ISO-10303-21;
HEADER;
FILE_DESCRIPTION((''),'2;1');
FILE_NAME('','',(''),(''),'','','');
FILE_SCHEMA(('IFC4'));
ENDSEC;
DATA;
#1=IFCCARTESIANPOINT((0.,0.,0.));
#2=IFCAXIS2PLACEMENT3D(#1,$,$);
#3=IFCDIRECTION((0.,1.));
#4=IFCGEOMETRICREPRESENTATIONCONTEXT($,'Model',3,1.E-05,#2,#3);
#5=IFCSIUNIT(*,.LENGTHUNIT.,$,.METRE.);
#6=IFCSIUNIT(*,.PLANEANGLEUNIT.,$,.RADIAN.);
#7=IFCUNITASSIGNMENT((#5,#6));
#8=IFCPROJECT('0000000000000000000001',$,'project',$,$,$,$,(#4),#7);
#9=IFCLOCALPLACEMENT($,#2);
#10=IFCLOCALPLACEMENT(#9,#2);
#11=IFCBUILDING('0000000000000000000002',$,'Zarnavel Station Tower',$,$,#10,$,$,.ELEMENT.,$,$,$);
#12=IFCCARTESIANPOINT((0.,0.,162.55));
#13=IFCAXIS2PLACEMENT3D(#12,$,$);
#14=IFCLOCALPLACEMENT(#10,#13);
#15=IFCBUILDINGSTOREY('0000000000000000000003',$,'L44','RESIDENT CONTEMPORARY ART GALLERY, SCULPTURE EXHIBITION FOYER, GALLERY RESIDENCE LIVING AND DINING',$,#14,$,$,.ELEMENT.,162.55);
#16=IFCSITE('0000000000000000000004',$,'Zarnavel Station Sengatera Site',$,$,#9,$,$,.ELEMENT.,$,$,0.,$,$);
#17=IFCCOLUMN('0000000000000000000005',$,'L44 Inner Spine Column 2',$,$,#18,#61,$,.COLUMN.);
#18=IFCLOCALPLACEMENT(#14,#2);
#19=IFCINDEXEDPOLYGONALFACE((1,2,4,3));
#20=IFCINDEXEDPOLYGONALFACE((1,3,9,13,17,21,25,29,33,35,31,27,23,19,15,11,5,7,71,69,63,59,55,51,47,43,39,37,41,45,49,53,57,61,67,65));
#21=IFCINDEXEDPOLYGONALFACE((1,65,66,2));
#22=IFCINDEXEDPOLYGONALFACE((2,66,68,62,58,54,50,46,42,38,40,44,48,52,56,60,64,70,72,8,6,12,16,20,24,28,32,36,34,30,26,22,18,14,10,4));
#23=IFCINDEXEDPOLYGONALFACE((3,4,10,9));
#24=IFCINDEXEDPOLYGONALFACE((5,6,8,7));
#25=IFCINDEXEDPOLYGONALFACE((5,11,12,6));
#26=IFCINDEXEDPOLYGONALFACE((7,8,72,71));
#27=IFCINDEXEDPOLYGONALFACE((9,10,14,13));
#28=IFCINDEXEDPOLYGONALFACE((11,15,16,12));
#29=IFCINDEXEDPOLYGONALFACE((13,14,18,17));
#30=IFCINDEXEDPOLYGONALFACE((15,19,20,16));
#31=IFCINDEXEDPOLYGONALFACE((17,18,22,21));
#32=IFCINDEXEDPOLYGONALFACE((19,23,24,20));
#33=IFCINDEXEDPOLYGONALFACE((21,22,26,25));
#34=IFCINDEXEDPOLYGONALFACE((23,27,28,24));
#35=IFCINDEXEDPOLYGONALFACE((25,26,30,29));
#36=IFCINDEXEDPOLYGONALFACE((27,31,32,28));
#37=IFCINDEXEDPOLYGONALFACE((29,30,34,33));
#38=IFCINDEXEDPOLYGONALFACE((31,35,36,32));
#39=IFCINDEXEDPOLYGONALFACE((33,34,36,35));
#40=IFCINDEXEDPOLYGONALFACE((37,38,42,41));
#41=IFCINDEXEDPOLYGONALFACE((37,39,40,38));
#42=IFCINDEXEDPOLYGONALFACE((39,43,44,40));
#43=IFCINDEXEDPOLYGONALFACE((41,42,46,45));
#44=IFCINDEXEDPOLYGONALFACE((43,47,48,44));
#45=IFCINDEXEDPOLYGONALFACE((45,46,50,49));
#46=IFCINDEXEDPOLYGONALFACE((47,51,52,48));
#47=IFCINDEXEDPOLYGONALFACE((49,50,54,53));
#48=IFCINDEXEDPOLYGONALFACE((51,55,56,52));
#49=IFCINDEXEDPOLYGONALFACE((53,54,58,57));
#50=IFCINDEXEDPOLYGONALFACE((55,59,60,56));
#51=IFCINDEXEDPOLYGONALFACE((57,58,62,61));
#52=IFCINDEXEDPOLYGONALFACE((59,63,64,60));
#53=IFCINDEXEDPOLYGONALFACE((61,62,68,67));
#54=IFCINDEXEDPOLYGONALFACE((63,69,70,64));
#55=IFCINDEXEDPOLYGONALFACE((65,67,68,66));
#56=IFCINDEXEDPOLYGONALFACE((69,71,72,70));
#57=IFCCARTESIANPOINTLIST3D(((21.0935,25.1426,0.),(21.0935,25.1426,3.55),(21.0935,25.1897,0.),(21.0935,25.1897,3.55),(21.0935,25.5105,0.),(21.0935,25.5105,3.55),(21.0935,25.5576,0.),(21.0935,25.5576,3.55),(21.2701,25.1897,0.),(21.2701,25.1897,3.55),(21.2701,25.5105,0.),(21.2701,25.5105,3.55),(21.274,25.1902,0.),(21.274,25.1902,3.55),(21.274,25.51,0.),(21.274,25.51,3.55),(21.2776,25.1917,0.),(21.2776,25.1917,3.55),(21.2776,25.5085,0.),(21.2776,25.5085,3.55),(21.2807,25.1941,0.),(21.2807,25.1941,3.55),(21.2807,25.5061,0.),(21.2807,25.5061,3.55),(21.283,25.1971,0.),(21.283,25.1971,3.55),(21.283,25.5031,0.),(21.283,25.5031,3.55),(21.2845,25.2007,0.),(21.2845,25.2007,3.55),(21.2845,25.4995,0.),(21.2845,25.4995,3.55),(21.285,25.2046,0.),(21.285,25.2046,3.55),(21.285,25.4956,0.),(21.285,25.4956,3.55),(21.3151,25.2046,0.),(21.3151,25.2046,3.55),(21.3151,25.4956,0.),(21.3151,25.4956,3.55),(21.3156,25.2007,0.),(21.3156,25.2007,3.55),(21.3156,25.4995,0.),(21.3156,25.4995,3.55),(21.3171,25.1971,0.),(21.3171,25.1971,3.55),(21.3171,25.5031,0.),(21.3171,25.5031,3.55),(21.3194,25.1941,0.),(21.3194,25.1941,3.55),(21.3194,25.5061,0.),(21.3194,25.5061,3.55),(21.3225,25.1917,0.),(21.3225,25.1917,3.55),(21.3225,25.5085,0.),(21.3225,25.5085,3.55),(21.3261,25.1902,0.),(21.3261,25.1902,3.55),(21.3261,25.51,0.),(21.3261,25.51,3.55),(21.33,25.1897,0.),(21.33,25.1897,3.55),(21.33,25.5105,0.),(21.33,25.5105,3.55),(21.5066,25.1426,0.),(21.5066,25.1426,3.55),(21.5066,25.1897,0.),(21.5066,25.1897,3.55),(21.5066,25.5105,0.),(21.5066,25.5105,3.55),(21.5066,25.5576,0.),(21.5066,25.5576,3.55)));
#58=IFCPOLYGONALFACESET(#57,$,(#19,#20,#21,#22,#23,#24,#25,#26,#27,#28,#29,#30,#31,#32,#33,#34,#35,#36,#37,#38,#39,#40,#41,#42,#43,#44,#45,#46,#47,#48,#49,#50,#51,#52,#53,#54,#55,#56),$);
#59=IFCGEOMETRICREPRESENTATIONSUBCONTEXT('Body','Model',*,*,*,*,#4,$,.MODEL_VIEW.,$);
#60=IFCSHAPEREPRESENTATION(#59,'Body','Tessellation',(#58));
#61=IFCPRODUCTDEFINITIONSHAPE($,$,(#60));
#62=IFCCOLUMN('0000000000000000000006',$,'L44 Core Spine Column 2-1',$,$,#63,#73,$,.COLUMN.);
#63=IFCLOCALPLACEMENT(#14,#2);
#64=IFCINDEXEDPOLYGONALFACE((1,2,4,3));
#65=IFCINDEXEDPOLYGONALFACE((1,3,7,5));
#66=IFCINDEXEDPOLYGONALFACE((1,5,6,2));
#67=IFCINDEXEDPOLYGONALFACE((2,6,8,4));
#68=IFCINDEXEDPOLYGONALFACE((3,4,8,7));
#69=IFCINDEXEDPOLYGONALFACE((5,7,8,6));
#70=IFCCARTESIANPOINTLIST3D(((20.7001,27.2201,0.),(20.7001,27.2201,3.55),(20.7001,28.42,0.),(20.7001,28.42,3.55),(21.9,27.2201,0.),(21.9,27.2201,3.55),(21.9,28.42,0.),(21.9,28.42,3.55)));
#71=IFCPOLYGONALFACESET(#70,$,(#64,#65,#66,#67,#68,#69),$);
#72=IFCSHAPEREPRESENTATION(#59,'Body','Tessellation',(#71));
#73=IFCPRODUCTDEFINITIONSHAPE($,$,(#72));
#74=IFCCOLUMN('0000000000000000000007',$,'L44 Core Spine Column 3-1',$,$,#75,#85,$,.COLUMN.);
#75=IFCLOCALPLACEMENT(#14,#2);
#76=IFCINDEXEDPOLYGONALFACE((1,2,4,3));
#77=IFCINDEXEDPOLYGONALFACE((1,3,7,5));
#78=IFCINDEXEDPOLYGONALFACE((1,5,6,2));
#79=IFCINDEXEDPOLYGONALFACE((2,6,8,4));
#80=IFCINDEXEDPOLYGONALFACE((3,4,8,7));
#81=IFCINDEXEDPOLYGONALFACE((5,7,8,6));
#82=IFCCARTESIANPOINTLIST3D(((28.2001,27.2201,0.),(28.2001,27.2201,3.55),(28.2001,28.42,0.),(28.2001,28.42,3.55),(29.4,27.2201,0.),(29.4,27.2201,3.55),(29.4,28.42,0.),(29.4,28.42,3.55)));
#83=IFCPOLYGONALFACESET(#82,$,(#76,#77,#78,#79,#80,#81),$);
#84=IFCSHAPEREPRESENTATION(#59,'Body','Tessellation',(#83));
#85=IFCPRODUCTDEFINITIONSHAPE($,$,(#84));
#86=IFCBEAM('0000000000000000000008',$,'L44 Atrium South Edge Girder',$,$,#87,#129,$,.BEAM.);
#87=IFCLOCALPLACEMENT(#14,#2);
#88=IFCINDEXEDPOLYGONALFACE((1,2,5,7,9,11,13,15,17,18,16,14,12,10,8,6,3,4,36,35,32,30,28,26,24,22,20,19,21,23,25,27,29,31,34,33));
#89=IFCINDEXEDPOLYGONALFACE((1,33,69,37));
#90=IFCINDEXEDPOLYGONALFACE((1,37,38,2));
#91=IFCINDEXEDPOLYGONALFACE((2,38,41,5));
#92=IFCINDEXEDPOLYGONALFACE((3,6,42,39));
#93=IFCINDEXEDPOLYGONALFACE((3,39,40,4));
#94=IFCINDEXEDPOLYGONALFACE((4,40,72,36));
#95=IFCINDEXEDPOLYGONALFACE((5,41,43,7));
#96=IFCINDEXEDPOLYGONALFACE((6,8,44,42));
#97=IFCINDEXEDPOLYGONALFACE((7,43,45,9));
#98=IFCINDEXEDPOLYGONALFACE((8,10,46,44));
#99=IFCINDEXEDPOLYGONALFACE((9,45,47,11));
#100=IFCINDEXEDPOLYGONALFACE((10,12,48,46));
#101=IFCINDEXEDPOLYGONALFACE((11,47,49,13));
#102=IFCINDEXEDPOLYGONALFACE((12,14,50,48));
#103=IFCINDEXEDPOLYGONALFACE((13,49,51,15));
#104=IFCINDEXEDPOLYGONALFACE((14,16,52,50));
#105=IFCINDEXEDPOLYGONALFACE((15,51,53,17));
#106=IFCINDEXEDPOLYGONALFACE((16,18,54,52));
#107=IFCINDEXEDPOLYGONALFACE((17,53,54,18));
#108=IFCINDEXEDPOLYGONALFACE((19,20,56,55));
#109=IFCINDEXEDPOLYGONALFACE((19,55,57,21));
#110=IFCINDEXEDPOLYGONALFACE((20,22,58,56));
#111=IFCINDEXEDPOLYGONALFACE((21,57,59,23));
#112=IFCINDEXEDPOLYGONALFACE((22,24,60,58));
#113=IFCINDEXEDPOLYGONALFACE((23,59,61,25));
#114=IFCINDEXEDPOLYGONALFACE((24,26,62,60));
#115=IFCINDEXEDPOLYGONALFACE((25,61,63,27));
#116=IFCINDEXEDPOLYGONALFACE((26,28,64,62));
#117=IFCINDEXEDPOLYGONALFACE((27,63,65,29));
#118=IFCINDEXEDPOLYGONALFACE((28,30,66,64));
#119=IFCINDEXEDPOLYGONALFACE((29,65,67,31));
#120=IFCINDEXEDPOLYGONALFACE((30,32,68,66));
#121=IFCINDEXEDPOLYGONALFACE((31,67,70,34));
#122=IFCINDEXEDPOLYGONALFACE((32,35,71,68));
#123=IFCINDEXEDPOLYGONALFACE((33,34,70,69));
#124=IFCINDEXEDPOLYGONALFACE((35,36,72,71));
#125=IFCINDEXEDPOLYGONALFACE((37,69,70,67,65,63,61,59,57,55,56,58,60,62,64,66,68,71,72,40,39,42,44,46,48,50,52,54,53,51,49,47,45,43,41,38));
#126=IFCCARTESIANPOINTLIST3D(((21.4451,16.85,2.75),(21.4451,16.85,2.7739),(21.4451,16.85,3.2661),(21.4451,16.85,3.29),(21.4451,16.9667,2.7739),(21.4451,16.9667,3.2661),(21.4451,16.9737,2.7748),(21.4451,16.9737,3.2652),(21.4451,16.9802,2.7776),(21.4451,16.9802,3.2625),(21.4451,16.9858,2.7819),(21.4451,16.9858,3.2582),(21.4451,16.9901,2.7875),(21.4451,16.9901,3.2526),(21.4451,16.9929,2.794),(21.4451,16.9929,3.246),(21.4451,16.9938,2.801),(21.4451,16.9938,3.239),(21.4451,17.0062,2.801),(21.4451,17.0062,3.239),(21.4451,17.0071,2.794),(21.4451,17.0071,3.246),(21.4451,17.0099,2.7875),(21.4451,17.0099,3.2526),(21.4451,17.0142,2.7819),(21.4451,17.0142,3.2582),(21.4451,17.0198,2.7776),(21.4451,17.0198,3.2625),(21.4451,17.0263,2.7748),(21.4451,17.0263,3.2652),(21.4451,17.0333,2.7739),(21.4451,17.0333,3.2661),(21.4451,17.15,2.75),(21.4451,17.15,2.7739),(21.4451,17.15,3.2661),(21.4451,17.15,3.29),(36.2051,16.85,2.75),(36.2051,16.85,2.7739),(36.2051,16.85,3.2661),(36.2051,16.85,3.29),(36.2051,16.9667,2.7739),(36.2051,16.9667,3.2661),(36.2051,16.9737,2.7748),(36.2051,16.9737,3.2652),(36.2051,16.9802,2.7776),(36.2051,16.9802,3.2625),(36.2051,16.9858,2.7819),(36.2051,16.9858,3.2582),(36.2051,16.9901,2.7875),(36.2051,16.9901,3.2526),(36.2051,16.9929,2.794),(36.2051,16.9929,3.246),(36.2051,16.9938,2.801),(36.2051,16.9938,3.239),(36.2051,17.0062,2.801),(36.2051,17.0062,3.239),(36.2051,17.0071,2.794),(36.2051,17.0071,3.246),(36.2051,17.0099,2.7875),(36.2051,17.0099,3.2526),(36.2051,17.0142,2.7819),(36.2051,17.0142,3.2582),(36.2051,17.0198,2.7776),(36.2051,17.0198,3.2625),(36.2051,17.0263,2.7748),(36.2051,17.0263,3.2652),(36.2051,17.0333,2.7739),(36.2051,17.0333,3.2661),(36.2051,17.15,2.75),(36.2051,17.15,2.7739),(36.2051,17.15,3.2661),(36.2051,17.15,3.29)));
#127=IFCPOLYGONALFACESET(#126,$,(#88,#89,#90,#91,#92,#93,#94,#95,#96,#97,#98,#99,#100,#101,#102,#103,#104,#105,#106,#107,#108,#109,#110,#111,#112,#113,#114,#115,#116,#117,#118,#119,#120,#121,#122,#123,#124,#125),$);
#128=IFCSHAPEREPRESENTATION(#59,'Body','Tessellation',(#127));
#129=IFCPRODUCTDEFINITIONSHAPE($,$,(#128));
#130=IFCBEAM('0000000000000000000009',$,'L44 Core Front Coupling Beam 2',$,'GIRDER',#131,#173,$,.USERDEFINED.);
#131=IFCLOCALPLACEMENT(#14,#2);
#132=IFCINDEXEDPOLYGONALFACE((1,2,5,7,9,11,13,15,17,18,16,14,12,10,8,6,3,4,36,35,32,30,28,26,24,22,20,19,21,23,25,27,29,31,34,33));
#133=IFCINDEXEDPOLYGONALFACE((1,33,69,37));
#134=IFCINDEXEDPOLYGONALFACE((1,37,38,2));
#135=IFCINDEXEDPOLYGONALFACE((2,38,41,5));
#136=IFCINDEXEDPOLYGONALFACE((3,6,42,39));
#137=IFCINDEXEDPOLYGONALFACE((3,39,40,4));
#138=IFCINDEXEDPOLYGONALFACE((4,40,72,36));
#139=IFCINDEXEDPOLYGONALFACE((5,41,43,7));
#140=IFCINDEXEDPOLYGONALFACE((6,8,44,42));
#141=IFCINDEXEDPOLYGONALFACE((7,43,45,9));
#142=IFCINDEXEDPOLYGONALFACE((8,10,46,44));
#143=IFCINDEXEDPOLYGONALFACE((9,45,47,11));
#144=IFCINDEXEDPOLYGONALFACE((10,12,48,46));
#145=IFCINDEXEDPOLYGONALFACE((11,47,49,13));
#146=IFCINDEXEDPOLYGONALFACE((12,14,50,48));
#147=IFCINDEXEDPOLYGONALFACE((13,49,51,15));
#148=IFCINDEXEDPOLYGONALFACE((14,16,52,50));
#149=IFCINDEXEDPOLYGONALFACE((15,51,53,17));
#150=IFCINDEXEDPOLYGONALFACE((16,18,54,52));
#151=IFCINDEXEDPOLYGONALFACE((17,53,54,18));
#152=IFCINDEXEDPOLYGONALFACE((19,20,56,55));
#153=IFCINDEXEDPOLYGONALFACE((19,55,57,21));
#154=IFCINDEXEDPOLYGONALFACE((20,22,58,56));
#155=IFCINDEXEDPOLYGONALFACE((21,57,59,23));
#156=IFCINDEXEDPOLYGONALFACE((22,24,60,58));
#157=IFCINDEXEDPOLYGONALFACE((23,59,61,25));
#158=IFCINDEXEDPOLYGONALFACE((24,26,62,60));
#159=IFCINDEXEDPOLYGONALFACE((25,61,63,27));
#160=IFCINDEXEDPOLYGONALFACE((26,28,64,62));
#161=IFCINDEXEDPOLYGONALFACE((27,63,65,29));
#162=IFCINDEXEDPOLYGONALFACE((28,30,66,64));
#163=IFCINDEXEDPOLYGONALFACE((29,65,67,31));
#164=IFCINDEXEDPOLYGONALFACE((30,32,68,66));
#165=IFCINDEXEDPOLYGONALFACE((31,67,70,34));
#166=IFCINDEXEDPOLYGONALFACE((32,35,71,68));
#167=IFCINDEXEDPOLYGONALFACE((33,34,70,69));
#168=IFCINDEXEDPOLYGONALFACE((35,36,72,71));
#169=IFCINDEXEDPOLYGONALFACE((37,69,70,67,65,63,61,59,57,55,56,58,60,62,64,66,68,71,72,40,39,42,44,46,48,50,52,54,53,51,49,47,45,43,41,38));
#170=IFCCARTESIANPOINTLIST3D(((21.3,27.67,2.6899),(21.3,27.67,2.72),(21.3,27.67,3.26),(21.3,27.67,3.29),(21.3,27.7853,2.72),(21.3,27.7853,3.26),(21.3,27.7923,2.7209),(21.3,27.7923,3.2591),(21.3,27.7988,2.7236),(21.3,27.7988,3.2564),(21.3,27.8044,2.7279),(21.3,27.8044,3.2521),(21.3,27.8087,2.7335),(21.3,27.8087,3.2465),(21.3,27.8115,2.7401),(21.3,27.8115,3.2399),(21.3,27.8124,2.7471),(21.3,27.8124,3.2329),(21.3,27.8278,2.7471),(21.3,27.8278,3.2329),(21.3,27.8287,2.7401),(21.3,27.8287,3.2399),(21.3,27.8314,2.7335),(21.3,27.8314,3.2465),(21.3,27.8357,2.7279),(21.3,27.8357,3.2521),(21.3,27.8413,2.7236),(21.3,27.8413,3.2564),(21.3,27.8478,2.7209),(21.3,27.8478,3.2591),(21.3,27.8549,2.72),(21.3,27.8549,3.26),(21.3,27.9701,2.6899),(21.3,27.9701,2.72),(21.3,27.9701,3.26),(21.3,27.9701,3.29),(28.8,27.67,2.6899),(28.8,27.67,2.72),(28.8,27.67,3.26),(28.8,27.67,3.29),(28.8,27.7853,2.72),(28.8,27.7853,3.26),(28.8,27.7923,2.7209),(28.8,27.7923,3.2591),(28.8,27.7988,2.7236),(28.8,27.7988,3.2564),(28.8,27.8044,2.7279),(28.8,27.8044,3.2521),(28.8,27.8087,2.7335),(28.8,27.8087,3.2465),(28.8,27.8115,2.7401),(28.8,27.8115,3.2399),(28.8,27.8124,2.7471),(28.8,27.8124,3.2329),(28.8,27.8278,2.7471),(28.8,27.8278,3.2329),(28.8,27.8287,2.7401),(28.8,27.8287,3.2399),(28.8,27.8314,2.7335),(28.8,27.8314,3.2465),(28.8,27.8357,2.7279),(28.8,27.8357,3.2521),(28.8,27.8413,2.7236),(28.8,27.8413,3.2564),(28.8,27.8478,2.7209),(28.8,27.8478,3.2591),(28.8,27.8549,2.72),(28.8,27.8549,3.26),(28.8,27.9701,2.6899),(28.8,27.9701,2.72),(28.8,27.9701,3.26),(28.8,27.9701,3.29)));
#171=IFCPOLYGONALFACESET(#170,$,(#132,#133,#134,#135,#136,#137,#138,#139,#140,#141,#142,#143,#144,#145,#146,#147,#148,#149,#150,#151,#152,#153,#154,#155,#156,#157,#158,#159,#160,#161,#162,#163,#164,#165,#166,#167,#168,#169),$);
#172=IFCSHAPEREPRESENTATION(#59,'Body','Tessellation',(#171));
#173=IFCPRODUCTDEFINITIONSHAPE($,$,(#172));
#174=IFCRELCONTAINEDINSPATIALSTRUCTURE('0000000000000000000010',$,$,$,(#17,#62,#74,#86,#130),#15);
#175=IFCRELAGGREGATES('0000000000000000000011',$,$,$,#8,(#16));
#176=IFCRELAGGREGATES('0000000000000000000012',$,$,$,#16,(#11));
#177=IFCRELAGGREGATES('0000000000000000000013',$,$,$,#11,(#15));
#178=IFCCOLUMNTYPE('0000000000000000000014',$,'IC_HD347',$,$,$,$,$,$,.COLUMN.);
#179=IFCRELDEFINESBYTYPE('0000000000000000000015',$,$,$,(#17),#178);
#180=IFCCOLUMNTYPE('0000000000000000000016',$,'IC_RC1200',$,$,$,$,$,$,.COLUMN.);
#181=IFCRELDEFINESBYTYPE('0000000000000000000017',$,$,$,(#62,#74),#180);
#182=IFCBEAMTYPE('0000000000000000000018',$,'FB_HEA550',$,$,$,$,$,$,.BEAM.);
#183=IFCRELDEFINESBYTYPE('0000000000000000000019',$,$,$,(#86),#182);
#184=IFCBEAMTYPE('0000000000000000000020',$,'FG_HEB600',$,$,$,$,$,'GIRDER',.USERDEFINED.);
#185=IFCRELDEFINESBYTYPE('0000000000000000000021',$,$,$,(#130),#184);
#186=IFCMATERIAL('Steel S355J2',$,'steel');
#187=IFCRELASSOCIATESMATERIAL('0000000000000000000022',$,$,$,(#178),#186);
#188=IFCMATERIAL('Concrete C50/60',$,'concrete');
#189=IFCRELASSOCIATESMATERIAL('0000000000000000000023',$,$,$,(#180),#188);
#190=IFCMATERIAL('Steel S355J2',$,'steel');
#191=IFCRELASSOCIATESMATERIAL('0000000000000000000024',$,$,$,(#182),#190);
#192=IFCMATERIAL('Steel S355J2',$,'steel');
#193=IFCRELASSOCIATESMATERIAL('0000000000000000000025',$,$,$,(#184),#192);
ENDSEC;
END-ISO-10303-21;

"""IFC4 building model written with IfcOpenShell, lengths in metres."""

from ifc_helpers import new_model, si_unit, direction, frame, origin, origin_2d, place, context, subcontext, project, spatial, rectangle, i_section, extrude, material, material_profile, profile_set, type_object, element, save


model = new_model("IFC4")

# Units and contexts
model_context = context("Model", 3, precision=1e-05, world=origin(), true_north=direction((0.0, 1.0)))
body_context = subcontext(model_context, "Body", "Model", "MODEL_VIEW")
ifc_project = project(units=[si_unit("LENGTHUNIT", "METRE"), si_unit("PLANEANGLEUNIT", "RADIAN")], contexts=[model_context])

# Site, building, storey
site_placement = place(None, origin())
site = spatial("IfcSite", under=ifc_project, at=site_placement, Name="Zarnavel Station Sengatera Site", CompositionType="ELEMENT", RefElevation=0.0)
building_placement = place(site_placement, origin())
building = spatial("IfcBuilding", under=site, at=building_placement, Name="Zarnavel Station Tower", CompositionType="ELEMENT")
storey_placement = place(building_placement, frame((0.0, 0.0, 162.55)))
storey = spatial("IfcBuildingStorey", under=building, at=storey_placement, Name="L44", Description="RESIDENT CONTEMPORARY ART GALLERY, SCULPTURE EXHIBITION FOYER, GALLERY RESIDENCE LIVING AND DINING", CompositionType="ELEMENT", Elevation=162.55)

# Columns
ifc_material_1 = material(Name="Steel S355J2", Category="steel")
ifc_material_profile_1 = material_profile(ifc_material_1, i_section(OverallWidth=0.4131, OverallDepth=0.415, WebThickness=0.03, FlangeThickness=0.0471, FilletRadius=0.0149, at=origin_2d()), Name="HD400x347")
ifc_profile_set_1 = profile_set([ifc_material_profile_1], Name="Steel S355J2")
column_type_1 = type_object("IfcColumnType", Name="IC_HD347", PredefinedType="COLUMN", material=ifc_profile_set_1)
column_placement = place(storey_placement, frame((21.3, 25.3501, 0.0), z_axis=(0.0, 0.0, 1.0), x_axis=(1.0, 0.0, 0.0)))
element("IfcColumn", 1, at=column_placement, inside=storey, type_object=column_type_1, Name="L44 Inner Spine Column 2", PredefinedType="COLUMN", context=body_context, shape_type="SweptSolid", body=[
    extrude(i_section(OverallWidth=0.4131, OverallDepth=0.415, WebThickness=0.03, FlangeThickness=0.0471, FilletRadius=0.0149, at=origin_2d()), origin(), (0.0, 0.0, 1.0), 3.55),
])
ifc_material_2 = material(Name="Concrete C50/60", Category="concrete")
ifc_material_profile_2 = material_profile(ifc_material_2, rectangle(XDim=1.2, YDim=1.2, at=origin_2d()), Name="RC1200x1200")
ifc_profile_set_2 = profile_set([ifc_material_profile_2], Name="Concrete C50/60")
column_type_2 = type_object("IfcColumnType", Name="IC_RC1200", PredefinedType="COLUMN", material=ifc_profile_set_2)
for number, where, z_axis, x_axis, name in (
    (2, (21.3, 27.8201, 0.0), (0.0, 0.0, 1.0), (1.0, 0.0, 0.0), "L44 Core Spine Column 2-1"),
    (3, (28.8, 27.8201, 0.0), (0.0, 0.0, 1.0), (1.0, 0.0, 0.0), "L44 Core Spine Column 3-1"),
):
    element("IfcColumn", number, at=place(storey_placement, frame(where, z_axis=z_axis, x_axis=x_axis)), inside=storey, type_object=column_type_2, Name=name, PredefinedType="COLUMN", context=body_context, shape_type="SweptSolid", body=[
        extrude(rectangle(XDim=1.2, YDim=1.2, at=origin_2d()), origin(), (0.0, 0.0, 1.0), 3.55),
    ])

# Beams
ifc_material_3 = material(Name="Steel S355J2", Category="steel")
ifc_material_profile_3 = material_profile(ifc_material_3, i_section(OverallWidth=0.3, OverallDepth=0.54, WebThickness=0.0125, FlangeThickness=0.0239, FilletRadius=0.0271, at=origin_2d()), Name="HEA550")
ifc_profile_set_3 = profile_set([ifc_material_profile_3], Name="Steel S355J2")
beam_type_1 = type_object("IfcBeamType", Name="FB_HEA550", PredefinedType="BEAM", material=ifc_profile_set_3)
beam_1_placement = place(storey_placement, frame((21.4451, 17.0, 3.02), z_axis=(1.0, 0.0, 0.0), x_axis=(0.0, 1.0, 0.0)))
element("IfcBeam", 4, at=beam_1_placement, inside=storey, type_object=beam_type_1, Name="L44 Atrium South Edge Girder", PredefinedType="BEAM", context=body_context, shape_type="SweptSolid", body=[
    extrude(i_section(OverallWidth=0.3, OverallDepth=0.54, WebThickness=0.0125, FlangeThickness=0.0239, FilletRadius=0.0271, at=origin_2d()), origin(), (0.0, 0.0, 1.0), 14.76),
])
ifc_material_4 = material(Name="Steel S355J2", Category="steel")
ifc_material_profile_4 = material_profile(ifc_material_4, i_section(OverallWidth=0.3, OverallDepth=0.6001, WebThickness=0.0154, FlangeThickness=0.03, FilletRadius=0.0271, at=origin_2d()), Name="HEB600")
ifc_profile_set_4 = profile_set([ifc_material_profile_4], Name="Steel S355J2")
beam_type_2 = type_object("IfcBeamType", Name="FG_HEB600", ElementType="GIRDER", PredefinedType="USERDEFINED", material=ifc_profile_set_4)
beam_2_placement = place(storey_placement, frame((21.3, 27.8201, 2.99), z_axis=(1.0, 0.0, 0.0), x_axis=(0.0, 1.0, 0.0)))
element("IfcBeam", 5, at=beam_2_placement, inside=storey, type_object=beam_type_2, Name="L44 Core Front Coupling Beam 2", ObjectType="GIRDER", PredefinedType="USERDEFINED", context=body_context, shape_type="SweptSolid", body=[
    extrude(i_section(OverallWidth=0.3, OverallDepth=0.6001, WebThickness=0.0154, FlangeThickness=0.03, FilletRadius=0.0271, at=origin_2d()), origin(), (0.0, 0.0, 1.0), 7.5),
])

save(model, "model.ifc")
